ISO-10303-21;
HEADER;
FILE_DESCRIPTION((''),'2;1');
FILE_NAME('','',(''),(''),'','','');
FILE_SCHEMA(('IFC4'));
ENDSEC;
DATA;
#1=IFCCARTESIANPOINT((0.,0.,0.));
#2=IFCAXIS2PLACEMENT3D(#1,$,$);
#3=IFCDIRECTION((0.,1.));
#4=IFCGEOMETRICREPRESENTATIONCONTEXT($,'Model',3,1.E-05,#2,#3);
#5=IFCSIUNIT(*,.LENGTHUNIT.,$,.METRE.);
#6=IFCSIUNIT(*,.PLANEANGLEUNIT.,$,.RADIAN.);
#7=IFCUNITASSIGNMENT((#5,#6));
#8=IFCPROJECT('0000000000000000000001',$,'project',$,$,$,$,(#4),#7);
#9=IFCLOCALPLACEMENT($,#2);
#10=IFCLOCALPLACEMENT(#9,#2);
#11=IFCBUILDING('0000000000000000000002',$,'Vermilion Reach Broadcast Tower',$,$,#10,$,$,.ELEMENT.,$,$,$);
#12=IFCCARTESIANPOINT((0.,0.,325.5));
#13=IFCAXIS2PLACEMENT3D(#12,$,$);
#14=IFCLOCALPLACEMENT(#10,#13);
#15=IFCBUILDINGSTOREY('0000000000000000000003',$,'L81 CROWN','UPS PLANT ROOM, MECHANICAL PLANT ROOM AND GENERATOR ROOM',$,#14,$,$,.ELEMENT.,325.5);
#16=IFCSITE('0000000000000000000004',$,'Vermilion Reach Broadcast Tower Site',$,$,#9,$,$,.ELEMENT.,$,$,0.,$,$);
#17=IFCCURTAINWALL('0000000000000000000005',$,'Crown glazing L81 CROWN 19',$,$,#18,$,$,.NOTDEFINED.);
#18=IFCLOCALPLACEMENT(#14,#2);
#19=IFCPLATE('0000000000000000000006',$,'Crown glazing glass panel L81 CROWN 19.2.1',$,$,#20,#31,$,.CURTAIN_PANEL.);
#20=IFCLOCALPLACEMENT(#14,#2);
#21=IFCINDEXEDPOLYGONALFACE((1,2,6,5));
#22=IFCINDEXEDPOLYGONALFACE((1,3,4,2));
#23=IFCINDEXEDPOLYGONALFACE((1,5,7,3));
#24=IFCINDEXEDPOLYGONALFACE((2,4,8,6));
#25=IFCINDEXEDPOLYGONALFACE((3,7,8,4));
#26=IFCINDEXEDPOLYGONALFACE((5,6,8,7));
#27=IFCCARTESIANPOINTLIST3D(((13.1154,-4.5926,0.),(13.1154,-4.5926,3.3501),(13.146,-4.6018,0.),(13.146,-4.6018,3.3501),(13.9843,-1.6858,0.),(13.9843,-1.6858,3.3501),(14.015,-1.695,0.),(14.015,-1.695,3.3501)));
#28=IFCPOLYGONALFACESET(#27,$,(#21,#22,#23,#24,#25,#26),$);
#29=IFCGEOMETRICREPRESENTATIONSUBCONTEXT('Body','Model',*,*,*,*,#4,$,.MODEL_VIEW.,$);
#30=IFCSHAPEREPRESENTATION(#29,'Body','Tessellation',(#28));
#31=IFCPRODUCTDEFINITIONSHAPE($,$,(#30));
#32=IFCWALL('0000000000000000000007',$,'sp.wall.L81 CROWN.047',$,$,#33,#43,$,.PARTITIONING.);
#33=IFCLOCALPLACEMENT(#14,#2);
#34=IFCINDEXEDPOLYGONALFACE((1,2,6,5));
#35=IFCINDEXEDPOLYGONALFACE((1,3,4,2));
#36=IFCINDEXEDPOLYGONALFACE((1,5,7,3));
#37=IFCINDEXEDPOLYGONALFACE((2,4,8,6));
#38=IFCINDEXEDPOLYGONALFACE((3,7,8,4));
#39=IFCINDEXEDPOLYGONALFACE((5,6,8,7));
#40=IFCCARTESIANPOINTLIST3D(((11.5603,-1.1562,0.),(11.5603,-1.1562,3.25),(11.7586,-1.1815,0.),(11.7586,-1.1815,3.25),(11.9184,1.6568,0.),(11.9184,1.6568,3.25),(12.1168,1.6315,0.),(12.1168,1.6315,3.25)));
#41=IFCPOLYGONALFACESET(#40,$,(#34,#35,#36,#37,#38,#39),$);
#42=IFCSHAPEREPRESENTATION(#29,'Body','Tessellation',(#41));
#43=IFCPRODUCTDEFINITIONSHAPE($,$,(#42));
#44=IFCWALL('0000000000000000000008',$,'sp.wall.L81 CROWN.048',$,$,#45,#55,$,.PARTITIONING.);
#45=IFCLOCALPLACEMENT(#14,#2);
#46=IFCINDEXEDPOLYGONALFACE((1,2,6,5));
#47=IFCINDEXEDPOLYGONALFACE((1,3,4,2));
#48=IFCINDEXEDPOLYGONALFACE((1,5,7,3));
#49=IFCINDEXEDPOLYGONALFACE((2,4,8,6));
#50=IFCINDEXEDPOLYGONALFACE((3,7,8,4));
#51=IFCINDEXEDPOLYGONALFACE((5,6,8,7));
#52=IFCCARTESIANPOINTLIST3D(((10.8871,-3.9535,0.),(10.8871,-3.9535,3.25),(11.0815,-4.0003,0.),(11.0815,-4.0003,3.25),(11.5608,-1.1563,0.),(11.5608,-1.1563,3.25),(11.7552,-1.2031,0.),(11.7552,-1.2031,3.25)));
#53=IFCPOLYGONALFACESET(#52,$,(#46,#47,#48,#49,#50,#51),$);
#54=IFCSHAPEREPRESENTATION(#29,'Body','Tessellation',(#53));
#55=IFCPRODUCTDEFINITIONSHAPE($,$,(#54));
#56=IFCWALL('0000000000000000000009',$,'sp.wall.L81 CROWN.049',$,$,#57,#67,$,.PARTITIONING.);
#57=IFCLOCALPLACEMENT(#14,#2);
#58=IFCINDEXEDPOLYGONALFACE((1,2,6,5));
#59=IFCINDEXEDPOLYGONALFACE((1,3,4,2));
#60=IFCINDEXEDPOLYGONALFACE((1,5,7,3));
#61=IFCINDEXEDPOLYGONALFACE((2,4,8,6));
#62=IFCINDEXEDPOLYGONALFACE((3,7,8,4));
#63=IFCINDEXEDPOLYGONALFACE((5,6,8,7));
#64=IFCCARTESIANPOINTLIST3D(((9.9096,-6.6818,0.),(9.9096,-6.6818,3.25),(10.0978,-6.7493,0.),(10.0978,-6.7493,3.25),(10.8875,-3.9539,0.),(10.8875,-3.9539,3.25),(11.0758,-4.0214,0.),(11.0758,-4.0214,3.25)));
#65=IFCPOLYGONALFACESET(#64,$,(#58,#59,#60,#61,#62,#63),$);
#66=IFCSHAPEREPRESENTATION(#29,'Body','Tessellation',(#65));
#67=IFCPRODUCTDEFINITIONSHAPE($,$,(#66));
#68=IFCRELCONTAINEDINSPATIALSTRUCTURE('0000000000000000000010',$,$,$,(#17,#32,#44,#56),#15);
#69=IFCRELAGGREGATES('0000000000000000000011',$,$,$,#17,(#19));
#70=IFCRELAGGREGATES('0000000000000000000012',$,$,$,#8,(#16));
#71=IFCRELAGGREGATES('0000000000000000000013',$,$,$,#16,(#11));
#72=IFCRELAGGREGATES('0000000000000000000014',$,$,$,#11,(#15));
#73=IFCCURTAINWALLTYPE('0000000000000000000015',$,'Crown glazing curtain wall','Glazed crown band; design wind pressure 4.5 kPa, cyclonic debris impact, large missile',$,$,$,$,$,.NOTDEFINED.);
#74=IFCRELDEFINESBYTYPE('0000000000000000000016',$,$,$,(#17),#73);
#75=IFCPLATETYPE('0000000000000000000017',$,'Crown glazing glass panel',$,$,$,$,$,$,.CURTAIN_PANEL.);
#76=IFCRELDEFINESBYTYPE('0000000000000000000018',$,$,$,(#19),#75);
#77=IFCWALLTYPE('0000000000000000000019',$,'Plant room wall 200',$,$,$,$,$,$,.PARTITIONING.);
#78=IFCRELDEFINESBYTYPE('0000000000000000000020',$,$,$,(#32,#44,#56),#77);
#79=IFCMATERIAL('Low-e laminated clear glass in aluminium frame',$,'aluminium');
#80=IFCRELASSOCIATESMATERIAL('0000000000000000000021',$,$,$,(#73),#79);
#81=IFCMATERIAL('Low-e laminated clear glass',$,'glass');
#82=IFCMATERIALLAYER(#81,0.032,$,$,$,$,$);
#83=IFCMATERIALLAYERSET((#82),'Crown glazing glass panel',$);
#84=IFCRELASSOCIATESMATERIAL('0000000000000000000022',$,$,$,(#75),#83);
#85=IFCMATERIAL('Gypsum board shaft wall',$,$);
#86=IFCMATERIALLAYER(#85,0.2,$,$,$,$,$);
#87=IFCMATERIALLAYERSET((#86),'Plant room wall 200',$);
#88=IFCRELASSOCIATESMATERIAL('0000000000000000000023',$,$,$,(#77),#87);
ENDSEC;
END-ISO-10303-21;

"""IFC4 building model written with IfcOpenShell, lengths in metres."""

from ifc_helpers import new_model, si_unit, direction, frame, frame_2d, origin, origin_2d, place, context, subcontext, project, spatial, rectangle, extrude, material, layer, layer_set, type_object, element, aggregate, save


model = new_model("IFC4")

# Units and contexts
model_context = context("Model", 3, precision=1e-05, world=origin(), true_north=direction((0.0, 1.0)))
body_context = subcontext(model_context, "Body", "Model", "MODEL_VIEW")
ifc_project = project(units=[si_unit("LENGTHUNIT", "METRE"), si_unit("PLANEANGLEUNIT", "RADIAN")], contexts=[model_context])

# Site, building, storey
site_placement = place(None, origin())
site = spatial("IfcSite", under=ifc_project, at=site_placement, Name="Vermilion Reach Broadcast Tower Site", CompositionType="ELEMENT", RefElevation=0.0)
building_placement = place(site_placement, origin())
building = spatial("IfcBuilding", under=site, at=building_placement, Name="Vermilion Reach Broadcast Tower", CompositionType="ELEMENT")
storey_placement = place(building_placement, frame((0.0, 0.0, 325.5)))
storey = spatial("IfcBuildingStorey", under=building, at=storey_placement, Name="L81 CROWN", Description="UPS PLANT ROOM, MECHANICAL PLANT ROOM AND GENERATOR ROOM", CompositionType="ELEMENT", Elevation=325.5)

# Curtain wall
ifc_material_1 = material(Name="Low-e laminated clear glass in aluminium frame", Category="aluminium")
curtain_wall_type = type_object("IfcCurtainWallType", Name="Crown glazing curtain wall", Description="Glazed crown band; design wind pressure 4.5 kPa, cyclonic debris impact, large missile", PredefinedType="NOTDEFINED", material=ifc_material_1)
placement = place(storey_placement, origin())
curtain_wall_1 = element("IfcCurtainWall", 1, at=placement, inside=storey, type_object=curtain_wall_type, Name="Crown glazing L81 CROWN 19", PredefinedType="NOTDEFINED")

# Plate
ifc_material_2 = material(Name="Low-e laminated clear glass", Category="glass")
ifc_layer_1 = layer(ifc_material_2, 0.032)
ifc_layer_set_1 = layer_set([ifc_layer_1], Name="Crown glazing glass panel")
plate_type = type_object("IfcPlateType", Name="Crown glazing glass panel", PredefinedType="CURTAIN_PANEL", material=ifc_layer_set_1)
plate_1_placement = place(storey_placement, frame((13.5652, -3.1438, 0.0), z_axis=(0.0, 0.0, 1.0), x_axis=(0.286407, 0.958108, 0.0)))
plate_1 = element("IfcPlate", 2, at=plate_1_placement, type_object=plate_type, Name="Crown glazing glass panel L81 CROWN 19.2.1", PredefinedType="CURTAIN_PANEL", context=body_context, shape_type="SweptSolid", body=[
    extrude(rectangle(XDim=3.0339, YDim=0.032, at=origin_2d()), origin(), (0.0, 0.0, 1.0), 3.3501),
])
aggregate(curtain_wall_1, [plate_1])

# Walls
ifc_material_3 = material(Name="Gypsum board shaft wall")
ifc_layer_2 = layer(ifc_material_3, 0.2)
ifc_layer_set_2 = layer_set([ifc_layer_2], Name="Plant room wall 200")
wall_type = type_object("IfcWallType", Name="Plant room wall 200", PredefinedType="PARTITIONING", material=ifc_layer_set_2)
wall_1_placement = place(storey_placement, frame((11.6594, -1.1689, 0.0), z_axis=(0.0, 0.0, 1.0), x_axis=(0.126302, 0.991992, 0.0)))
element("IfcWall", 3, at=wall_1_placement, inside=storey, type_object=wall_type, Name="sp.wall.L81 CROWN.047", PredefinedType="PARTITIONING", context=body_context, shape_type="SweptSolid", body=[
    extrude(rectangle(XDim=2.8357, YDim=0.2, at=frame_2d((1.418, 0.0))), origin(), (0.0, 0.0, 1.0), 3.25),
])
wall_2_placement = place(storey_placement, frame((10.9844, -3.9768, 0.0), z_axis=(0.0, 0.0, 1.0), x_axis=(0.234121, 0.972208, 0.0)))
element("IfcWall", 4, at=wall_2_placement, inside=storey, type_object=wall_type, Name="sp.wall.L81 CROWN.048", PredefinedType="PARTITIONING", context=body_context, shape_type="SweptSolid", body=[
    extrude(rectangle(XDim=2.8772, YDim=0.2, at=frame_2d((1.4385, 0.0))), origin(), (0.0, 0.0, 1.0), 3.25),
])
wall_3_placement = place(storey_placement, frame((10.0037, -6.7156, 0.0), z_axis=(0.0, 0.0, 1.0), x_axis=(0.337478, 0.941333, 0.0)))
element("IfcWall", 5, at=wall_3_placement, inside=storey, type_object=wall_type, Name="sp.wall.L81 CROWN.049", PredefinedType="PARTITIONING", context=body_context, shape_type="SweptSolid", body=[
    extrude(rectangle(XDim=2.8979, YDim=0.2, at=frame_2d((1.449, 0.0))), origin(), (0.0, 0.0, 1.0), 3.25),
])

save(model, "model.ifc")
